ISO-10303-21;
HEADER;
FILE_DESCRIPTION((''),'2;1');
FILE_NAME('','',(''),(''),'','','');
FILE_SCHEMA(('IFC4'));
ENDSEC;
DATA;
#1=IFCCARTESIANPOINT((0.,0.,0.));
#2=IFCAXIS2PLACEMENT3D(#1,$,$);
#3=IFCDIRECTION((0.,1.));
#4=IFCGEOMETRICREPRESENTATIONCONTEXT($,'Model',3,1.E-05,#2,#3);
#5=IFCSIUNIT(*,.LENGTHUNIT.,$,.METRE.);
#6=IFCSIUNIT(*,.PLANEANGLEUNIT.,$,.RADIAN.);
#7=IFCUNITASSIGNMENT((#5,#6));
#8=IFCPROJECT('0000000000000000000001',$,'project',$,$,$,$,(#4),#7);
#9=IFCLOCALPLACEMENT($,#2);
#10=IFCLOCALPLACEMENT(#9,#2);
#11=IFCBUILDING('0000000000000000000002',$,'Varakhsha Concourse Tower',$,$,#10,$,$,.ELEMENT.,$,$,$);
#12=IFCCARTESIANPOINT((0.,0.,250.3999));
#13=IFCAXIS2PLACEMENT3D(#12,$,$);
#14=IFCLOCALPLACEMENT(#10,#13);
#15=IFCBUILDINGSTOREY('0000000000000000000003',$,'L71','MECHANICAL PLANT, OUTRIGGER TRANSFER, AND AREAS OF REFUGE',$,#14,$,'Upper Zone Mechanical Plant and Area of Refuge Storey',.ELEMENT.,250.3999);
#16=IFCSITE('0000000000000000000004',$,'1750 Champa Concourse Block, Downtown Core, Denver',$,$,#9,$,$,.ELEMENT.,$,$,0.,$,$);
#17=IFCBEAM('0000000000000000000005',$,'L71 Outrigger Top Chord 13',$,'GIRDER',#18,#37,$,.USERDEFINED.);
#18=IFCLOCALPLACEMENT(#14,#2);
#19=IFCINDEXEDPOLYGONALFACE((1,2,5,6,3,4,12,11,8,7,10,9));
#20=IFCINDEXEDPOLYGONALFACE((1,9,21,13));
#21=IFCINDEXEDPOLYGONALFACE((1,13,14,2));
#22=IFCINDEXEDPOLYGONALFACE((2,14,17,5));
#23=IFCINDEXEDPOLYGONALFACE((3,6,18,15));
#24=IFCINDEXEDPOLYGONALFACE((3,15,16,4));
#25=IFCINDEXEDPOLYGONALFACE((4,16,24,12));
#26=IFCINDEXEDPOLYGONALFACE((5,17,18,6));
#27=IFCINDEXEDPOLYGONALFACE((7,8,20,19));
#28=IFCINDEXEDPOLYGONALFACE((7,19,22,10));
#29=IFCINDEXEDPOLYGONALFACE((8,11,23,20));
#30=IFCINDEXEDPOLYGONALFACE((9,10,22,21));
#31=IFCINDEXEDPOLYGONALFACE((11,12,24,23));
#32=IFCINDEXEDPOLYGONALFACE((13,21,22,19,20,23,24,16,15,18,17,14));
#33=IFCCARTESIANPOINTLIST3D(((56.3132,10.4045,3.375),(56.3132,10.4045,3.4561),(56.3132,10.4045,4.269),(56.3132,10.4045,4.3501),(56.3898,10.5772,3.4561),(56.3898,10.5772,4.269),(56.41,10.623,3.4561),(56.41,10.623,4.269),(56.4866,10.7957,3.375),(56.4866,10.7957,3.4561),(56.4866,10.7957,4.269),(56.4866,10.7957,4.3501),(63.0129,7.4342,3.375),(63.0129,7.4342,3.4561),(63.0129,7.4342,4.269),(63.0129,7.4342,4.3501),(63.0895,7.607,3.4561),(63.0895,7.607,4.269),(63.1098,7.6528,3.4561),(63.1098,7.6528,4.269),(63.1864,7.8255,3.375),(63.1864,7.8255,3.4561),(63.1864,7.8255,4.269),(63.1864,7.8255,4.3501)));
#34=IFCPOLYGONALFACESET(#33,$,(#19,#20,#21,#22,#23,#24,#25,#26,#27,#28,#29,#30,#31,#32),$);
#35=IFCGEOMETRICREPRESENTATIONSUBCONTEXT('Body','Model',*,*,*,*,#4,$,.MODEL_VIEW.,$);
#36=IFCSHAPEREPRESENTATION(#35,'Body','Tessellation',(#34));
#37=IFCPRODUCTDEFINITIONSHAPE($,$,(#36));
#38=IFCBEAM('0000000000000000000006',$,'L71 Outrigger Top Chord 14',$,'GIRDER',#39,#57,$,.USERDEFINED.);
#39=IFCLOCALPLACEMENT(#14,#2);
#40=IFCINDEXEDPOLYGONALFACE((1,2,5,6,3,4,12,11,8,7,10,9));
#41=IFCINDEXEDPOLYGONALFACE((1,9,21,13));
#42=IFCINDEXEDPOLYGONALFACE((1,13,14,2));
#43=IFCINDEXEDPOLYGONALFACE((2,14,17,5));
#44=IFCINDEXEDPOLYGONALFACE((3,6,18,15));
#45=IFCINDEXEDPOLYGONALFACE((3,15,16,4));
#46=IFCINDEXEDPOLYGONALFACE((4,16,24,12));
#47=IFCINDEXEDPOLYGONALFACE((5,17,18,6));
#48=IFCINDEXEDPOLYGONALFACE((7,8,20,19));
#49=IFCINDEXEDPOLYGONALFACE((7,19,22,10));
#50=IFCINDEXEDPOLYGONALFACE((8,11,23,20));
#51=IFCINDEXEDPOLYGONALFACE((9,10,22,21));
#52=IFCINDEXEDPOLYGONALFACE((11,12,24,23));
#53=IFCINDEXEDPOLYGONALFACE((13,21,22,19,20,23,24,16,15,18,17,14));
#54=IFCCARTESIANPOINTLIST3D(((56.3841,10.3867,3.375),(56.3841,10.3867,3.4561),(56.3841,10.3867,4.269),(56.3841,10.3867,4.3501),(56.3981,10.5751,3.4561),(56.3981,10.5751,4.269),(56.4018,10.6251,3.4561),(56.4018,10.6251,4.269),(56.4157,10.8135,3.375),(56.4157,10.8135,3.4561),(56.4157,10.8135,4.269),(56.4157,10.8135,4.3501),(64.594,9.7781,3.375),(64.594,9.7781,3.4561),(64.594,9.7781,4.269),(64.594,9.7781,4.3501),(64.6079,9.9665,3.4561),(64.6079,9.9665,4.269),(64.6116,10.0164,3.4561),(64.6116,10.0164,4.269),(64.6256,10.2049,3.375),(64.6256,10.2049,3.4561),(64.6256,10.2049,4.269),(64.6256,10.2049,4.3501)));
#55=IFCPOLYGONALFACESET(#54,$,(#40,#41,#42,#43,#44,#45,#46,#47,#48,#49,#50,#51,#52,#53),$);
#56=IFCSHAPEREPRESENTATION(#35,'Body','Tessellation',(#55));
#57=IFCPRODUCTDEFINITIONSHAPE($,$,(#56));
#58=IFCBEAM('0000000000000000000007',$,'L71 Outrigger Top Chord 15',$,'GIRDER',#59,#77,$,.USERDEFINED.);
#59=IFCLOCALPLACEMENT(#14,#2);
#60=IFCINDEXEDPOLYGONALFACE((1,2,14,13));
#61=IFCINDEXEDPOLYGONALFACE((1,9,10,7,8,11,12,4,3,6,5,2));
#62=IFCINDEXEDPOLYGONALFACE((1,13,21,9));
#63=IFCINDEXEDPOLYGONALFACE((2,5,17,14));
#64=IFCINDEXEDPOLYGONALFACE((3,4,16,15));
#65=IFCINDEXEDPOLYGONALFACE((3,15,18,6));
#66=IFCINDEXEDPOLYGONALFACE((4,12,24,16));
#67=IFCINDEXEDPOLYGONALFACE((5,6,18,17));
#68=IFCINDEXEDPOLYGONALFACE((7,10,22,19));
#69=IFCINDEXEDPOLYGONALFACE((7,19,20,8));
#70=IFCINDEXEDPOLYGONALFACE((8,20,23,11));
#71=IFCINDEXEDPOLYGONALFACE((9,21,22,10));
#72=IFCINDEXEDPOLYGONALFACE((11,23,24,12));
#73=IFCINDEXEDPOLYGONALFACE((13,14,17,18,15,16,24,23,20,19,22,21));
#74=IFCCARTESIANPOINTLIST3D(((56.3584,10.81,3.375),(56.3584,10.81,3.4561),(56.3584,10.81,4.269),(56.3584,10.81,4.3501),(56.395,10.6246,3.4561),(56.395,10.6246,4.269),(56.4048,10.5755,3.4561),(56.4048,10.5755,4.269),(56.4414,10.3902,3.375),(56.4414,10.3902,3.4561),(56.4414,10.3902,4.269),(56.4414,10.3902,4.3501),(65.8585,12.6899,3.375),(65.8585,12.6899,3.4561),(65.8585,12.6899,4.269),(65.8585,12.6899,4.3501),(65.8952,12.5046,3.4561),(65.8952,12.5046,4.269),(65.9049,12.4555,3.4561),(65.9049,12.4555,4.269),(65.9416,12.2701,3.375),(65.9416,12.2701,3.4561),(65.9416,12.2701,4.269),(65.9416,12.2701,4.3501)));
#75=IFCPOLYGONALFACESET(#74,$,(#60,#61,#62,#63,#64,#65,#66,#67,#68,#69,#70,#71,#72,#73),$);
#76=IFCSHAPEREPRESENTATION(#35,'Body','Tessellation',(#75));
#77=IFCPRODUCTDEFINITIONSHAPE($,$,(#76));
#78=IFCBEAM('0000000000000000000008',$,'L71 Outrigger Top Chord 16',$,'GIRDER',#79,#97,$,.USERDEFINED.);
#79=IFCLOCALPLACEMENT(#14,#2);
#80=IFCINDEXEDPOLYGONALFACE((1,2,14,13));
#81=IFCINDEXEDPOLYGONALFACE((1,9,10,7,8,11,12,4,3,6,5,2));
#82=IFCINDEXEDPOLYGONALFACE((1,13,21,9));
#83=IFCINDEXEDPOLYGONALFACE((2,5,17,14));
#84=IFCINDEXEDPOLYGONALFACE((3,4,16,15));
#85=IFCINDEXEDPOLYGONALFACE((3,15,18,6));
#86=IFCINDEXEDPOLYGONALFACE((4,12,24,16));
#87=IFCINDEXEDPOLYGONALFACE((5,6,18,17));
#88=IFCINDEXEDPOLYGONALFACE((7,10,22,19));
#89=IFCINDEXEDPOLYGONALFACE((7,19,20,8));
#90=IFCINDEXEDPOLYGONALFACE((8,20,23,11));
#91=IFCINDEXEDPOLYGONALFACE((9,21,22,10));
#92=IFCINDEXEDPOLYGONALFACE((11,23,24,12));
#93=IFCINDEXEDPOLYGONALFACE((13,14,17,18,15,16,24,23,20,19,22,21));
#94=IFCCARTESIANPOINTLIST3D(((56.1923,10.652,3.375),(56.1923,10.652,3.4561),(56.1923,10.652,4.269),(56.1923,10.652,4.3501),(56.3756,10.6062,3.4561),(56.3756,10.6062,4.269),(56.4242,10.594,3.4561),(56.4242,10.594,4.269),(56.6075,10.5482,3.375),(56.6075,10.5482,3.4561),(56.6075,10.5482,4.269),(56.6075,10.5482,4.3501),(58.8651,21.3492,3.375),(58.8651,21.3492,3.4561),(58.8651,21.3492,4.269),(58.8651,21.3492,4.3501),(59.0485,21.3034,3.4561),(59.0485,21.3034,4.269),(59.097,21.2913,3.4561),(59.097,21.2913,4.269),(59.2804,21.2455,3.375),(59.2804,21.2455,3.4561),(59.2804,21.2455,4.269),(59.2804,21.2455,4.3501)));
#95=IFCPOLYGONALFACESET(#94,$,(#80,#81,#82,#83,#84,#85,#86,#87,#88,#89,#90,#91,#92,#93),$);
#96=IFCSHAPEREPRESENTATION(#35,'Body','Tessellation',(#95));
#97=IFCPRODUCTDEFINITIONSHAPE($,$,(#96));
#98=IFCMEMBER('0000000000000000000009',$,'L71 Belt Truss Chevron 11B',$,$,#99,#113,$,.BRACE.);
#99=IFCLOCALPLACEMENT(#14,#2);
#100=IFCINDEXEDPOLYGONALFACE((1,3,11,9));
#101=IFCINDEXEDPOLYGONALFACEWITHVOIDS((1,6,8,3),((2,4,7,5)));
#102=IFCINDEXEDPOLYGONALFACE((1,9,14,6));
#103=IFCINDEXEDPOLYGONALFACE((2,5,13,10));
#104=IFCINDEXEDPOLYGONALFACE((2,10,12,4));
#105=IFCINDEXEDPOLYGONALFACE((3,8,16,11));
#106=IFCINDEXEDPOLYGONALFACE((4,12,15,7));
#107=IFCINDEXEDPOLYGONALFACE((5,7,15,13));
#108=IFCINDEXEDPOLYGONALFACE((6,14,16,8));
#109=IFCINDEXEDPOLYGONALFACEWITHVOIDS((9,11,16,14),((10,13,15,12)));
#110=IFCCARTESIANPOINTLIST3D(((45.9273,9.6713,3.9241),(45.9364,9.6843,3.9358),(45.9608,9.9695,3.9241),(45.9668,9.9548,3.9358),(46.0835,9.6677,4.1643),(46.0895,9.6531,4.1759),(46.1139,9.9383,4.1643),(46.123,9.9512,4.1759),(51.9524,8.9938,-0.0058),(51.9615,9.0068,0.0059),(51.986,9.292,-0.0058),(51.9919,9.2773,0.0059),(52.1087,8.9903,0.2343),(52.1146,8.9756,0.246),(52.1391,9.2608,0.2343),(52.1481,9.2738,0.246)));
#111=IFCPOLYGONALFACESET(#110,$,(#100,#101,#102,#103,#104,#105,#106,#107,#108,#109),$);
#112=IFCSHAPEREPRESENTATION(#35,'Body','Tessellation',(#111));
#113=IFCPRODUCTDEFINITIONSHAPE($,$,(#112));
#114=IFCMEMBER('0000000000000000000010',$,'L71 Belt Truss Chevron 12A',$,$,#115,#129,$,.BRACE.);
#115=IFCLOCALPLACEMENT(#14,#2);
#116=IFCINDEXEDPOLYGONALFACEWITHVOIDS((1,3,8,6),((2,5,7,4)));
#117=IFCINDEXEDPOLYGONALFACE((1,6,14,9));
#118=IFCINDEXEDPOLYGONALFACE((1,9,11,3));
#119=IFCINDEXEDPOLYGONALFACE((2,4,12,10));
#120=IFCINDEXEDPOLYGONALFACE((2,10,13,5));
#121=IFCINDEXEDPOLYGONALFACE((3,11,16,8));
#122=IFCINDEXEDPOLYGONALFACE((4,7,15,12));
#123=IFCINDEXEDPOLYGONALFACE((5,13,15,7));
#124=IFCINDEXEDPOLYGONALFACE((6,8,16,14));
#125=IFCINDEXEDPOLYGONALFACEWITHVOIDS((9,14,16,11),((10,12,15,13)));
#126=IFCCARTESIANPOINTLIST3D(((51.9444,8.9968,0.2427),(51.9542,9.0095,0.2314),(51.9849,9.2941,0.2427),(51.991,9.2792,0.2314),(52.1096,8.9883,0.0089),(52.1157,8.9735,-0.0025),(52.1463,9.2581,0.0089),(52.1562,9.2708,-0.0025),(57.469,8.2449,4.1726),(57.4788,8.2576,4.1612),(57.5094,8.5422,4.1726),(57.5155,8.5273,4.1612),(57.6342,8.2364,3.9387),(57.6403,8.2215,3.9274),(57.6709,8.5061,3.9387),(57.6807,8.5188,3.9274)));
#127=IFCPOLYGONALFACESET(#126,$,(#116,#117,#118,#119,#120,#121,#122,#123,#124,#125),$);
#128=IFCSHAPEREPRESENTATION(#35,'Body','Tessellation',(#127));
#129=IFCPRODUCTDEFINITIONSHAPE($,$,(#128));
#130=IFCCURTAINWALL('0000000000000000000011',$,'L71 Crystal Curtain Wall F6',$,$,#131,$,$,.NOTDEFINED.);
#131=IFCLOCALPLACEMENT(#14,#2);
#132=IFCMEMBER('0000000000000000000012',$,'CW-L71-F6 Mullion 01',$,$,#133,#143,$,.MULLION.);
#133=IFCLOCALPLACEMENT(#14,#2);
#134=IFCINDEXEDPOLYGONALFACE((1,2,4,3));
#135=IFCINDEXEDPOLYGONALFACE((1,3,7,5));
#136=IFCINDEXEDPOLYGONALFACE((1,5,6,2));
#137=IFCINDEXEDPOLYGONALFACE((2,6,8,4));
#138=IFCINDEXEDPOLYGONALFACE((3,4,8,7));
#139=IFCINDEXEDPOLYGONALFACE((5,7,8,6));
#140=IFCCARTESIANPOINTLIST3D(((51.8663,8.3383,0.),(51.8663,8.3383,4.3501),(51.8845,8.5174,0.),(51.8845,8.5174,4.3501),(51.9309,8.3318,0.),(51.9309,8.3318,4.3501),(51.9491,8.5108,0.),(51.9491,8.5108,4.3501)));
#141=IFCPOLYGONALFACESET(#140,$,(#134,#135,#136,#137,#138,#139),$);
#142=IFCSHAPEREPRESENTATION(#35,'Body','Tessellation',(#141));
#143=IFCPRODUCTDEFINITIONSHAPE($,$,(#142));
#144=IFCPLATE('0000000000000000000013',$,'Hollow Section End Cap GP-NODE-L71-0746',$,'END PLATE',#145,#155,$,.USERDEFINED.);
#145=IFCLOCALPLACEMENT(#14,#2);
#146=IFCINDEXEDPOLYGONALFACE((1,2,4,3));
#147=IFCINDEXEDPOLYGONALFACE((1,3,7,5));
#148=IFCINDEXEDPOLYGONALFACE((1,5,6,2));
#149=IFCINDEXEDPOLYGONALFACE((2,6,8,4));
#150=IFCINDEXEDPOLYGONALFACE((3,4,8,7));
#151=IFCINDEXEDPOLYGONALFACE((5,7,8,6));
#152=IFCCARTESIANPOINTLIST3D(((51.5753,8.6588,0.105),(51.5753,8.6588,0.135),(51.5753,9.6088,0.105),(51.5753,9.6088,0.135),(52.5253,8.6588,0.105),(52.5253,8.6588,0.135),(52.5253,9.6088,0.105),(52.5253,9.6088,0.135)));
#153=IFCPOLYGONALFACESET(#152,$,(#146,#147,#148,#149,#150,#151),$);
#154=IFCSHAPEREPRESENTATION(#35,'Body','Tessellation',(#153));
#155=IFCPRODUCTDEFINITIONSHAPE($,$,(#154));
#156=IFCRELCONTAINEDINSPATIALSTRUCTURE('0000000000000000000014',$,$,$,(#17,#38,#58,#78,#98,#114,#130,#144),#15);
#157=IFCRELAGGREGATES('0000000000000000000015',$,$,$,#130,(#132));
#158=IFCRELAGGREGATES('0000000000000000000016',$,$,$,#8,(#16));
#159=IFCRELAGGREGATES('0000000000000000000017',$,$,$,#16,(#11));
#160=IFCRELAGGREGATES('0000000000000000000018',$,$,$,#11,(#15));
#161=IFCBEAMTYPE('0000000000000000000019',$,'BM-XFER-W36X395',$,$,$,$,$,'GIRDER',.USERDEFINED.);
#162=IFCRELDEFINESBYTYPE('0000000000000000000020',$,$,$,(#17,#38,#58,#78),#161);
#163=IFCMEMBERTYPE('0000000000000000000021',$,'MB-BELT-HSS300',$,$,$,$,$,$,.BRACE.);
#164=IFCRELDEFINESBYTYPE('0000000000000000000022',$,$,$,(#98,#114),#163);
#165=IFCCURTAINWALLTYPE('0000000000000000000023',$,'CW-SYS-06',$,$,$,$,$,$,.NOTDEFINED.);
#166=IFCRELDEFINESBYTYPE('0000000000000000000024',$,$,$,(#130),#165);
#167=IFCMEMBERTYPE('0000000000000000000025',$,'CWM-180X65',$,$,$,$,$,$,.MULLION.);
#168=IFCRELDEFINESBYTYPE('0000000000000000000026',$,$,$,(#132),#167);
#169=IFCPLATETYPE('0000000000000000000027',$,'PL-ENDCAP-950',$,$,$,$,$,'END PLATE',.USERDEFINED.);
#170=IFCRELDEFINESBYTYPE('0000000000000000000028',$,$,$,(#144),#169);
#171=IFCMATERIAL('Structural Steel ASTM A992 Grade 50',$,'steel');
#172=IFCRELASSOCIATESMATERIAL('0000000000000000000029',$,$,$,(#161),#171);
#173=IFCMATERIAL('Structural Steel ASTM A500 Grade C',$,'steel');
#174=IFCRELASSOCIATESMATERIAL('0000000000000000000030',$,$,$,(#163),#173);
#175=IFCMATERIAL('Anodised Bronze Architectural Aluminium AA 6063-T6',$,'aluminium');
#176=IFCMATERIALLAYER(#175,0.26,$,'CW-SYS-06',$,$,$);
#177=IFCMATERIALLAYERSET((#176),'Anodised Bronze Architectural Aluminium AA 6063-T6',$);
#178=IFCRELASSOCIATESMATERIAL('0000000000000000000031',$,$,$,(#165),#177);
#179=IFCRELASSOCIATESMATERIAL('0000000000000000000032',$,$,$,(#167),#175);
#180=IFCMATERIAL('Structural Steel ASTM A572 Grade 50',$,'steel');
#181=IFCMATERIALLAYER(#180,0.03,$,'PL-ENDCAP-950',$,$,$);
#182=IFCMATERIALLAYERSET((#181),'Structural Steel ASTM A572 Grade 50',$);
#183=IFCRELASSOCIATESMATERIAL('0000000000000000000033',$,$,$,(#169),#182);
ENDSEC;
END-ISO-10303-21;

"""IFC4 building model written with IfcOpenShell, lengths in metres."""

from ifc_helpers import new_model, si_unit, direction, frame, origin, origin_2d, place, context, subcontext, project, spatial, rectangle, hollow_rectangle, i_section, extrude, source, transform, mapped, material, layer, layer_set, material_profile, profile_set, type_object, type_shapes, element, aggregate, save


model = new_model("IFC4")

# Units and contexts
model_context = context("Model", 3, precision=1e-05, world=origin(), true_north=direction((0.0, 1.0)))
body_context = subcontext(model_context, "Body", "Model", "MODEL_VIEW")
ifc_project = project(units=[si_unit("LENGTHUNIT", "METRE"), si_unit("PLANEANGLEUNIT", "RADIAN")], contexts=[model_context])

# Site, building, storey
site_placement = place(None, origin())
site = spatial("IfcSite", under=ifc_project, at=site_placement, Name="1750 Champa Concourse Block, Downtown Core, Denver", CompositionType="ELEMENT", RefElevation=0.0)
building_placement = place(site_placement, origin())
building = spatial("IfcBuilding", under=site, at=building_placement, Name="Varakhsha Concourse Tower", CompositionType="ELEMENT")
storey_placement = place(building_placement, frame((0.0, 0.0, 250.3999)))
storey = spatial("IfcBuildingStorey", under=building, at=storey_placement, Name="L71", Description="MECHANICAL PLANT, OUTRIGGER TRANSFER, AND AREAS OF REFUGE", LongName="Upper Zone Mechanical Plant and Area of Refuge Storey", CompositionType="ELEMENT", Elevation=250.3999)

# Shared definitions
ifc_material_1 = material(Name="Structural Steel ASTM A992 Grade 50", Category="steel")
ifc_material_2 = material(Name="Structural Steel ASTM A572 Grade 50", Category="steel")

# Beams
ifc_material_profile_1 = material_profile(ifc_material_1, i_section(OverallWidth=0.428, OverallDepth=0.9751, WebThickness=0.05, FlangeThickness=0.0811, at=origin_2d()), Name="W36X395")
ifc_profile_set_1 = profile_set([ifc_material_profile_1], Name="Structural Steel ASTM A992 Grade 50")
beam_type_1 = type_object("IfcBeamType", Name="BM-XFER-W36X395", ElementType="GIRDER", PredefinedType="USERDEFINED", material=ifc_profile_set_1)
beam_1_placement = place(storey_placement, frame((56.3999, 10.6001, 3.8625), z_axis=(0.914188, -0.405291, 0.0), x_axis=(0.405291, 0.914188, 0.0)))
element("IfcBeam", 1, at=beam_1_placement, inside=storey, type_object=beam_type_1, Name="L71 Outrigger Top Chord 13", ObjectType="GIRDER", PredefinedType="USERDEFINED", context=body_context, shape_type="SweptSolid", body=[
    extrude(i_section(OverallWidth=0.428, OverallDepth=0.9751, WebThickness=0.05, FlangeThickness=0.0811, at=origin_2d()), origin(), (0.0, 0.0, 1.0), 7.3286),
])
beam_2_placement = place(storey_placement, frame((56.3999, 10.6001, 3.8625), z_axis=(0.997263, -0.073932, 0.0), x_axis=(0.073932, 0.997263, 0.0)))
element("IfcBeam", 2, at=beam_2_placement, inside=storey, type_object=beam_type_1, Name="L71 Outrigger Top Chord 14", ObjectType="GIRDER", PredefinedType="USERDEFINED", context=body_context, shape_type="SweptSolid", body=[
    extrude(i_section(OverallWidth=0.428, OverallDepth=0.9751, WebThickness=0.05, FlangeThickness=0.0811, at=origin_2d()), origin(), (0.0, 0.0, 1.0), 8.2324),
])
beam_3_placement = place(storey_placement, frame((56.3999, 10.6001, 3.8625), z_axis=(0.980978, 0.194118, 0.0), x_axis=(-0.194118, 0.980978, 0.0)))
element("IfcBeam", 3, at=beam_3_placement, inside=storey, type_object=beam_type_1, Name="L71 Outrigger Top Chord 15", ObjectType="GIRDER", PredefinedType="USERDEFINED", context=body_context, shape_type="SweptSolid", body=[
    extrude(i_section(OverallWidth=0.428, OverallDepth=0.9751, WebThickness=0.05, FlangeThickness=0.0811, at=origin_2d()), origin(), (0.0, 0.0, 1.0), 9.6843),
])
beam_4_placement = place(storey_placement, frame((56.3999, 10.6001, 3.8625), z_axis=(0.242411, 0.970174, 0.0), x_axis=(-0.970174, 0.242411, 0.0)))
element("IfcBeam", 4, at=beam_4_placement, inside=storey, type_object=beam_type_1, Name="L71 Outrigger Top Chord 16", ObjectType="GIRDER", PredefinedType="USERDEFINED", context=body_context, shape_type="SweptSolid", body=[
    extrude(i_section(OverallWidth=0.428, OverallDepth=0.9751, WebThickness=0.05, FlangeThickness=0.0811, at=origin_2d()), origin(), (0.0, 0.0, 1.0), 11.0261),
])

# Members
ifc_material_3 = material(Name="Structural Steel ASTM A500 Grade C", Category="steel")
ifc_material_profile_2 = material_profile(ifc_material_3, hollow_rectangle(XDim=0.3, YDim=0.3, WallThickness=0.0139, at=origin_2d()), Name="HSS 300x300x14")
ifc_profile_set_2 = profile_set([ifc_material_profile_2], Name="Structural Steel ASTM A500 Grade C")
member_type_1 = type_object("IfcMemberType", Name="MB-BELT-HSS300", PredefinedType="BRACE", material=ifc_profile_set_2)
shared_shape_1 = source(origin(), body_context, "Body", "SweptSolid", [
    extrude(hollow_rectangle(XDim=0.3, YDim=0.3, WallThickness=0.0139, at=origin_2d()), origin(), (0.0, 0.0, 1.0), 7.2253),
])
member_1_placement = place(storey_placement, frame((52.0503, 9.1338, 0.1201), z_axis=(-0.833889, 0.093766, 0.543908), x_axis=(-0.11174, -0.993738, 0.0)))
element("IfcMember", 5, at=member_1_placement, inside=storey, type_object=member_type_1, Name="L71 Belt Truss Chevron 11B", PredefinedType="BRACE", context=body_context, shape_type="MappedRepresentation", body=[
    mapped(shared_shape_1, transform((0.0, 0.0, 0.0), scale=1.0)),
])
shared_shape_2 = source(origin(), body_context, "Body", "SweptSolid", [
    extrude(hollow_rectangle(XDim=0.3, YDim=0.3, WallThickness=0.0139, at=origin_2d()), origin(), (0.0, 0.0, 1.0), 6.8213),
])
type_shapes(member_type_1, [shared_shape_1, shared_shape_2])
member_2_placement = place(storey_placement, frame((52.0503, 9.1338, 0.1201), z_axis=(0.8099, -0.110234, 0.576117), x_axis=(0.134865, 0.990864, 0.0)))
element("IfcMember", 6, at=member_2_placement, inside=storey, type_object=member_type_1, Name="L71 Belt Truss Chevron 12A", PredefinedType="BRACE", context=body_context, shape_type="MappedRepresentation", body=[
    mapped(shared_shape_2, transform((0.0, 0.0, 0.0), scale=1.0)),
])

# Curtain wall, member
ifc_material_4 = material(Name="Anodised Bronze Architectural Aluminium AA 6063-T6", Category="aluminium")
ifc_layer_1 = layer(ifc_material_4, 0.26, Name="CW-SYS-06")
ifc_layer_set_1 = layer_set([ifc_layer_1], Name="Anodised Bronze Architectural Aluminium AA 6063-T6")
curtain_wall_type = type_object("IfcCurtainWallType", Name="CW-SYS-06", PredefinedType="NOTDEFINED", material=ifc_layer_set_1)
curtain_wall_placement = place(storey_placement, origin())
curtain_wall = element("IfcCurtainWall", 7, at=curtain_wall_placement, inside=storey, type_object=curtain_wall_type, Name="L71 Crystal Curtain Wall F6", PredefinedType="NOTDEFINED")
ifc_material_profile_3 = material_profile(ifc_material_4, rectangle(XDim=0.0649, YDim=0.1799, at=origin_2d()), Name="CWM-180X65")
ifc_profile_set_3 = profile_set([ifc_material_profile_3], Name="Anodised Bronze Architectural Aluminium AA 6063-T6")
member_type_2 = type_object("IfcMemberType", Name="CWM-180X65", PredefinedType="MULLION", material=ifc_profile_set_3)
shared_shape_3 = source(origin(), body_context, "Body", "SweptSolid", [
    extrude(rectangle(XDim=0.0649, YDim=0.1799, at=origin_2d()), origin(), (0.0, 0.0, 1.0), 4.3501),
])
type_shapes(member_type_2, [shared_shape_3])
member_3_placement = place(storey_placement, frame((51.9077, 8.4246, 0.0), z_axis=(0.0, 0.0, 1.0), x_axis=(-0.994852, 0.101336, 0.0)))
member_3 = element("IfcMember", 8, at=member_3_placement, type_object=member_type_2, Name="CW-L71-F6 Mullion 01", PredefinedType="MULLION", context=body_context, shape_type="MappedRepresentation", body=[
    mapped(shared_shape_3, transform((0.0, 0.0, 0.0), scale=1.0)),
])
aggregate(curtain_wall, [member_3])

# Plate
ifc_layer_2 = layer(ifc_material_2, 0.03, Name="PL-ENDCAP-950")
ifc_layer_set_2 = layer_set([ifc_layer_2], Name="Structural Steel ASTM A572 Grade 50")
plate_type = type_object("IfcPlateType", Name="PL-ENDCAP-950", ElementType="END PLATE", PredefinedType="USERDEFINED", material=ifc_layer_set_2)
shared_shape_4 = source(origin(), body_context, "Body", "SweptSolid", [
    extrude(rectangle(XDim=0.95, YDim=0.95, at=origin_2d()), origin(), (0.0, 0.0, 1.0), 0.03),
])
type_shapes(plate_type, [shared_shape_4])
plate_placement = place(storey_placement, frame((52.0503, 9.1338, 0.105), z_axis=(0.0, 0.0, 1.0), x_axis=(1.0, 0.0, 0.0)))
element("IfcPlate", 9, at=plate_placement, inside=storey, type_object=plate_type, Name="Hollow Section End Cap GP-NODE-L71-0746", ObjectType="END PLATE", PredefinedType="USERDEFINED", context=body_context, shape_type="MappedRepresentation", body=[
    mapped(shared_shape_4, transform((0.0, 0.0, 0.0), scale=1.0)),
])

save(model, "model.ifc")
